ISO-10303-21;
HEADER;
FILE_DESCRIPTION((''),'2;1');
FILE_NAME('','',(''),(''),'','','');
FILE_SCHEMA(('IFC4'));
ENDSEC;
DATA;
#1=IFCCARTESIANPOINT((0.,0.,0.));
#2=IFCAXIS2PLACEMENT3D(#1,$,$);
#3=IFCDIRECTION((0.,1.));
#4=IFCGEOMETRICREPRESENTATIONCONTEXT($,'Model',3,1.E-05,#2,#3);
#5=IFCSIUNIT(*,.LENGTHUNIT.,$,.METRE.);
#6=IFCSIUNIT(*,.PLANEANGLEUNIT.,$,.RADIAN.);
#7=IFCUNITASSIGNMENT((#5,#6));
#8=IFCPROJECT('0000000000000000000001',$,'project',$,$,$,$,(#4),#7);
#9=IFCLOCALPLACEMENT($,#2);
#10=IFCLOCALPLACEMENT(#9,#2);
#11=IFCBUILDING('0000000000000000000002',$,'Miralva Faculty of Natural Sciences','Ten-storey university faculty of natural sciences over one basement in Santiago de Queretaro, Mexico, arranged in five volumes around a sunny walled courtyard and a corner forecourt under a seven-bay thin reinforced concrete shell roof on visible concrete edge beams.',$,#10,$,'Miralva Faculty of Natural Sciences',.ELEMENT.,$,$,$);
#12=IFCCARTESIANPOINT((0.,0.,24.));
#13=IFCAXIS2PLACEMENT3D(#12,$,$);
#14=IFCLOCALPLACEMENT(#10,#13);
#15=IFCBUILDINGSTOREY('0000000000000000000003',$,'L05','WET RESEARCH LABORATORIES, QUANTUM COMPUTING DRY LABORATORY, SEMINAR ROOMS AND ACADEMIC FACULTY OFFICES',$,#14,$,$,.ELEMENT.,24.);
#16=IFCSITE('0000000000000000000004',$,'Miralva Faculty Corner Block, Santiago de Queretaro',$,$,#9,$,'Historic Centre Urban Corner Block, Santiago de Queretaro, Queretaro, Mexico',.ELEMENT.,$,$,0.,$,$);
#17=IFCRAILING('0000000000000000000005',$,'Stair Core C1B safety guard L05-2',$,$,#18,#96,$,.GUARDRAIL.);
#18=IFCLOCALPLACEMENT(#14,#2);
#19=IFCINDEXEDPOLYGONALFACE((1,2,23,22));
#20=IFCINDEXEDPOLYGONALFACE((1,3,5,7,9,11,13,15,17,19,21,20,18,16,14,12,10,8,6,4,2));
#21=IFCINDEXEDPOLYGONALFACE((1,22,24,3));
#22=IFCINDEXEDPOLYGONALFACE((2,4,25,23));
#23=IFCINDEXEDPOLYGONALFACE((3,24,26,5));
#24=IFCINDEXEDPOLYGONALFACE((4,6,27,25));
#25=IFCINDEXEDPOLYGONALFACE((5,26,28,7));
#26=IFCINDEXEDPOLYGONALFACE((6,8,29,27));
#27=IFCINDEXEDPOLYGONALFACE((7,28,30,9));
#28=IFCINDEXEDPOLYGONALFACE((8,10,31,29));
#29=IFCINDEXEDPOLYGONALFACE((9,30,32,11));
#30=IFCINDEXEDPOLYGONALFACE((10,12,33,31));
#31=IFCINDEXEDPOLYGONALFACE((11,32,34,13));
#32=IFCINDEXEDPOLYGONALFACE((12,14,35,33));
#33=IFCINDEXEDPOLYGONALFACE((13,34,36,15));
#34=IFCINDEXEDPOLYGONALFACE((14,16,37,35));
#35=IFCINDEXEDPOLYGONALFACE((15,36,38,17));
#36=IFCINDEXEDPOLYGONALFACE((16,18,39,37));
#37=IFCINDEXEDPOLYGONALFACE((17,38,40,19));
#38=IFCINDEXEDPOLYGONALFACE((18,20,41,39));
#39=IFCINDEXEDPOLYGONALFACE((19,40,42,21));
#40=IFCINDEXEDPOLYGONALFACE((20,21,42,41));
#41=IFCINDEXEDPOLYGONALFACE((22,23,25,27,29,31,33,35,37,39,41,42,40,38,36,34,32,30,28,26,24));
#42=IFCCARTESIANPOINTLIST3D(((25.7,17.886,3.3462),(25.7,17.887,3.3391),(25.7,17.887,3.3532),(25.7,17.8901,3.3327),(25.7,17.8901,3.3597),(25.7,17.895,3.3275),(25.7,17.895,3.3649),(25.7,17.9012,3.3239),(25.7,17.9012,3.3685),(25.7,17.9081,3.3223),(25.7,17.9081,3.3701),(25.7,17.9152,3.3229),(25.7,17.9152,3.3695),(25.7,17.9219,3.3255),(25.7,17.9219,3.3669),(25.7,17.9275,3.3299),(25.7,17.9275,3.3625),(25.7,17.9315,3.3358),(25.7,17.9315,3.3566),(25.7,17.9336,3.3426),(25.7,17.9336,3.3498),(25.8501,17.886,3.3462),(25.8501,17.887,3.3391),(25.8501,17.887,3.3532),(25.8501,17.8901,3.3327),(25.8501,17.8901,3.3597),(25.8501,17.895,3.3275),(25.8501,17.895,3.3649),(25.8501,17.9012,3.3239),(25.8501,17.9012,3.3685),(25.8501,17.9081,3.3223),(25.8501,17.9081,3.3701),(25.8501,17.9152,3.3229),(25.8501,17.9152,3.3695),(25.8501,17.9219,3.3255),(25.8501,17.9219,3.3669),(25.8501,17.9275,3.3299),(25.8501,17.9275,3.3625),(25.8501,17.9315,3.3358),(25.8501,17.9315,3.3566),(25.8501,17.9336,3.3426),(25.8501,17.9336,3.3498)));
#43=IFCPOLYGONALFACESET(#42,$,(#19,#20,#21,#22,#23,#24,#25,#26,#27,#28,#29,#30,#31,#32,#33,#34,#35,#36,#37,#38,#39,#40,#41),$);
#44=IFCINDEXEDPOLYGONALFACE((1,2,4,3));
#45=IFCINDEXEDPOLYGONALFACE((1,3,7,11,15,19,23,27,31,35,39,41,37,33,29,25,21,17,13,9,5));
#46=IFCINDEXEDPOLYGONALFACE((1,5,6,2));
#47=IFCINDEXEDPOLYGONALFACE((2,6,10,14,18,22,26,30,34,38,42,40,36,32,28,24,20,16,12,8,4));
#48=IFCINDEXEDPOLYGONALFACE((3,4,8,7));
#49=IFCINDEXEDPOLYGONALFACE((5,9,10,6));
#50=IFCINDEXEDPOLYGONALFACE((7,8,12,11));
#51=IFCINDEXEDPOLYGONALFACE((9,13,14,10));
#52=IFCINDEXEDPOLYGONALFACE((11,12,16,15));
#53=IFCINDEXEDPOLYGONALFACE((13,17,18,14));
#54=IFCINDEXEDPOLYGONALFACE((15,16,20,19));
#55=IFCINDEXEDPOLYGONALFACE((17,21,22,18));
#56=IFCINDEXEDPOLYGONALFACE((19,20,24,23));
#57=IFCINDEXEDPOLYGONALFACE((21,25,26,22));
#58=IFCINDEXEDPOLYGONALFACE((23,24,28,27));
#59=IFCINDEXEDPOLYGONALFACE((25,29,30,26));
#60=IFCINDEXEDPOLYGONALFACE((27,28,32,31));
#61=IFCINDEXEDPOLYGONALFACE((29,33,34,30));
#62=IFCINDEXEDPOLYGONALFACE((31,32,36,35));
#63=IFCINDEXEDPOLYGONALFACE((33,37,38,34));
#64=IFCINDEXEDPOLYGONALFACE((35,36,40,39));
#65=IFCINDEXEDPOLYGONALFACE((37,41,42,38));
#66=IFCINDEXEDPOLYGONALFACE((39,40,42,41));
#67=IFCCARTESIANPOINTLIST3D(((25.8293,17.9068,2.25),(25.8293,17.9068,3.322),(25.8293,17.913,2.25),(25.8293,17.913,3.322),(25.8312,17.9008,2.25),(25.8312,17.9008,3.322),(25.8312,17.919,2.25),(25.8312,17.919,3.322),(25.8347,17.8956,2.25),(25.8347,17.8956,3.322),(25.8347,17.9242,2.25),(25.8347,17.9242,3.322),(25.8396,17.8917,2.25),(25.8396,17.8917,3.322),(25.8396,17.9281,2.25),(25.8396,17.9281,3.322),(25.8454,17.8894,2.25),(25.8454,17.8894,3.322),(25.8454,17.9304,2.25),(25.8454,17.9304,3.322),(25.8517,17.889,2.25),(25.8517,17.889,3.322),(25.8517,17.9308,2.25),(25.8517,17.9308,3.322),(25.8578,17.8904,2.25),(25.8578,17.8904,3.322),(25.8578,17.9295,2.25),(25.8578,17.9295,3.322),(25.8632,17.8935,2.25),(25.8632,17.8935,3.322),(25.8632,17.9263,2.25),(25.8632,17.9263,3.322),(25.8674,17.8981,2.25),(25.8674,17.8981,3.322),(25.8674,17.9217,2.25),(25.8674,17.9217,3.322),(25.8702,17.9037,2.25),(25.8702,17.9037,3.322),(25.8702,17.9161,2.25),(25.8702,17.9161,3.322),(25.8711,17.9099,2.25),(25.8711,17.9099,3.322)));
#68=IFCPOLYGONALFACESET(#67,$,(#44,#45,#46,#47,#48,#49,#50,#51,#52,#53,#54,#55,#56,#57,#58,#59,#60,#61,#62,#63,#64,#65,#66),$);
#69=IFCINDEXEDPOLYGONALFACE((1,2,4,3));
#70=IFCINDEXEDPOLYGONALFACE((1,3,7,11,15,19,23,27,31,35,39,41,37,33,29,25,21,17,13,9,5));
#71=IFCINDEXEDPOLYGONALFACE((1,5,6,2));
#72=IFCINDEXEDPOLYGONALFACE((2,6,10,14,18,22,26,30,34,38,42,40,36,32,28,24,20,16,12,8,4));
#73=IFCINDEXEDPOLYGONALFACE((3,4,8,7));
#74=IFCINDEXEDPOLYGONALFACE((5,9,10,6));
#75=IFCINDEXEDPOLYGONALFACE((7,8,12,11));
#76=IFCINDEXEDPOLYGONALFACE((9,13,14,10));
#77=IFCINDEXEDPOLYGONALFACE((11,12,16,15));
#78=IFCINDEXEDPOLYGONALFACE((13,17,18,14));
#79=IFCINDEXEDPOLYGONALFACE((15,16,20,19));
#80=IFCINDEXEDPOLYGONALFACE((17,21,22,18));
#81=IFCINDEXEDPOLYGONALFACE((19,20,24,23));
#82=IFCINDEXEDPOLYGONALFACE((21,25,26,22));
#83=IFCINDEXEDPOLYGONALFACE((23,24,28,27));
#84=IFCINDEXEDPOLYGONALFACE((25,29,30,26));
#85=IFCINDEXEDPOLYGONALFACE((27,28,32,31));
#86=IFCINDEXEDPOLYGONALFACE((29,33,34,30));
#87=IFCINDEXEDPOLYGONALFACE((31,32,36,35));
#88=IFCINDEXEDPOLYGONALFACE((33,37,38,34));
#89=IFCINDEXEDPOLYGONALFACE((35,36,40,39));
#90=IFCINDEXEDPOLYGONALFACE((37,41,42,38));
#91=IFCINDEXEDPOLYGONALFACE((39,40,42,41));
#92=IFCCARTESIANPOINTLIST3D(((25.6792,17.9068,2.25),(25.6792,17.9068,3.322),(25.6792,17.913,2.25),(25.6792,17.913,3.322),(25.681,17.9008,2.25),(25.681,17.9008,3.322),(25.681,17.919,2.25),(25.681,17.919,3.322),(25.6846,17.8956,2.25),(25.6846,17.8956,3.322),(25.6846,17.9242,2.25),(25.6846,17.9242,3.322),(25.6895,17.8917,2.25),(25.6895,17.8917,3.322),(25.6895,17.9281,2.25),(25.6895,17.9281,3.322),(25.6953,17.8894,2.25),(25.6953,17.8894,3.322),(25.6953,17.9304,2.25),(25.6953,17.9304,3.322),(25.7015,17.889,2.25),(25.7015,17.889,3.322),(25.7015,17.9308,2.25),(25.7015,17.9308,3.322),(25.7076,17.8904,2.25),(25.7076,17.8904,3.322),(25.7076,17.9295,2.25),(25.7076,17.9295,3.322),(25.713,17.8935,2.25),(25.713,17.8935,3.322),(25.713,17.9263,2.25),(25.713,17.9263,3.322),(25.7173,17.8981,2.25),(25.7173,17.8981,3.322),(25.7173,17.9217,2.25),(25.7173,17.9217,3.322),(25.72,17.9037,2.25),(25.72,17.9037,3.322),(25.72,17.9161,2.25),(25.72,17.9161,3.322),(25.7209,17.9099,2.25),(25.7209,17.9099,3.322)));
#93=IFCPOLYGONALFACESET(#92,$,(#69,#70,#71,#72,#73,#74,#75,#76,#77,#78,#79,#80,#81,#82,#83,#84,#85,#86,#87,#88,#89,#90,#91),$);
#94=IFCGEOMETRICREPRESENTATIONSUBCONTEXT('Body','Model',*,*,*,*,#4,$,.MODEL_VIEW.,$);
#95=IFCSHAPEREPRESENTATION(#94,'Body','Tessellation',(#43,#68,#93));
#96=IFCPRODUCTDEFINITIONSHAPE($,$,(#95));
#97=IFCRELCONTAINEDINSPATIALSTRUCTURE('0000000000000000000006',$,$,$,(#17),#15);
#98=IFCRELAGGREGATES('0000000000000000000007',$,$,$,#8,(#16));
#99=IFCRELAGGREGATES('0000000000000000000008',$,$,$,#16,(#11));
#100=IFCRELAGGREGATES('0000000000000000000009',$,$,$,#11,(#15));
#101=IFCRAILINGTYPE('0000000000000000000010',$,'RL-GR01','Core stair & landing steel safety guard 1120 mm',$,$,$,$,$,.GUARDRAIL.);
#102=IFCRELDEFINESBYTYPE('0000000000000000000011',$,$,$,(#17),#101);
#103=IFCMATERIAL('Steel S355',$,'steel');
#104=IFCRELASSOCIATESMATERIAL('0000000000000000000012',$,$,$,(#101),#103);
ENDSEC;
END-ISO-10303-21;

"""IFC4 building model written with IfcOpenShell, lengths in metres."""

from ifc_helpers import new_model, si_unit, direction, frame, origin, origin_2d, place, context, subcontext, project, spatial, circle, extrude, material, type_object, element, save


model = new_model("IFC4")

# Units and contexts
model_context = context("Model", 3, precision=1e-05, world=origin(), true_north=direction((0.0, 1.0)))
body_context = subcontext(model_context, "Body", "Model", "MODEL_VIEW")
ifc_project = project(units=[si_unit("LENGTHUNIT", "METRE"), si_unit("PLANEANGLEUNIT", "RADIAN")], contexts=[model_context])

# Site, building, storey
site_placement = place(None, origin())
site = spatial("IfcSite", under=ifc_project, at=site_placement, Name="Miralva Faculty Corner Block, Santiago de Queretaro", LongName="Historic Centre Urban Corner Block, Santiago de Queretaro, Queretaro, Mexico", CompositionType="ELEMENT", RefElevation=0.0)
building_placement = place(site_placement, origin())
building = spatial("IfcBuilding", under=site, at=building_placement, Name="Miralva Faculty of Natural Sciences", Description="Ten-storey university faculty of natural sciences over one basement in Santiago de Queretaro, Mexico, arranged in five volumes around a sunny walled courtyard and a corner forecourt under a seven-bay thin reinforced concrete shell roof on visible concrete edge beams.", LongName="Miralva Faculty of Natural Sciences", CompositionType="ELEMENT")
storey_placement = place(building_placement, frame((0.0, 0.0, 24.0)))
storey = spatial("IfcBuildingStorey", under=building, at=storey_placement, Name="L05", Description="WET RESEARCH LABORATORIES, QUANTUM COMPUTING DRY LABORATORY, SEMINAR ROOMS AND ACADEMIC FACULTY OFFICES", CompositionType="ELEMENT", Elevation=24.0)

# Railing
ifc_material_1 = material(Name="Steel S355", Category="steel")
railing_type_1 = type_object("IfcRailingType", Name="RL-GR01", Description="Core stair & landing steel safety guard 1120 mm", PredefinedType="GUARDRAIL", material=ifc_material_1)
railing_1_placement = place(storey_placement, frame((25.8501, 17.9099, 2.25)))
element("IfcRailing", 1, at=railing_1_placement, inside=storey, type_object=railing_type_1, Name="Stair Core C1B safety guard L05-2", PredefinedType="GUARDRAIL", context=body_context, shape_type="SweptSolid", body=[
    extrude(circle(Radius=0.0239, at=origin_2d()), frame((0.0, 0.0, 1.0962), z_axis=(-1.0, 0.0, 0.0), x_axis=(0.0, -1.0, 0.0)), (0.0, 0.0, 1.0), 0.1501),
    extrude(circle(Radius=0.021, at=origin_2d()), origin(), (0.0, 0.0, 1.0), 1.072),
    extrude(circle(Radius=0.021, at=origin_2d()), frame((-0.1501, 0.0, 0.0)), (0.0, 0.0, 1.0), 1.072),
])

save(model, "model.ifc")
